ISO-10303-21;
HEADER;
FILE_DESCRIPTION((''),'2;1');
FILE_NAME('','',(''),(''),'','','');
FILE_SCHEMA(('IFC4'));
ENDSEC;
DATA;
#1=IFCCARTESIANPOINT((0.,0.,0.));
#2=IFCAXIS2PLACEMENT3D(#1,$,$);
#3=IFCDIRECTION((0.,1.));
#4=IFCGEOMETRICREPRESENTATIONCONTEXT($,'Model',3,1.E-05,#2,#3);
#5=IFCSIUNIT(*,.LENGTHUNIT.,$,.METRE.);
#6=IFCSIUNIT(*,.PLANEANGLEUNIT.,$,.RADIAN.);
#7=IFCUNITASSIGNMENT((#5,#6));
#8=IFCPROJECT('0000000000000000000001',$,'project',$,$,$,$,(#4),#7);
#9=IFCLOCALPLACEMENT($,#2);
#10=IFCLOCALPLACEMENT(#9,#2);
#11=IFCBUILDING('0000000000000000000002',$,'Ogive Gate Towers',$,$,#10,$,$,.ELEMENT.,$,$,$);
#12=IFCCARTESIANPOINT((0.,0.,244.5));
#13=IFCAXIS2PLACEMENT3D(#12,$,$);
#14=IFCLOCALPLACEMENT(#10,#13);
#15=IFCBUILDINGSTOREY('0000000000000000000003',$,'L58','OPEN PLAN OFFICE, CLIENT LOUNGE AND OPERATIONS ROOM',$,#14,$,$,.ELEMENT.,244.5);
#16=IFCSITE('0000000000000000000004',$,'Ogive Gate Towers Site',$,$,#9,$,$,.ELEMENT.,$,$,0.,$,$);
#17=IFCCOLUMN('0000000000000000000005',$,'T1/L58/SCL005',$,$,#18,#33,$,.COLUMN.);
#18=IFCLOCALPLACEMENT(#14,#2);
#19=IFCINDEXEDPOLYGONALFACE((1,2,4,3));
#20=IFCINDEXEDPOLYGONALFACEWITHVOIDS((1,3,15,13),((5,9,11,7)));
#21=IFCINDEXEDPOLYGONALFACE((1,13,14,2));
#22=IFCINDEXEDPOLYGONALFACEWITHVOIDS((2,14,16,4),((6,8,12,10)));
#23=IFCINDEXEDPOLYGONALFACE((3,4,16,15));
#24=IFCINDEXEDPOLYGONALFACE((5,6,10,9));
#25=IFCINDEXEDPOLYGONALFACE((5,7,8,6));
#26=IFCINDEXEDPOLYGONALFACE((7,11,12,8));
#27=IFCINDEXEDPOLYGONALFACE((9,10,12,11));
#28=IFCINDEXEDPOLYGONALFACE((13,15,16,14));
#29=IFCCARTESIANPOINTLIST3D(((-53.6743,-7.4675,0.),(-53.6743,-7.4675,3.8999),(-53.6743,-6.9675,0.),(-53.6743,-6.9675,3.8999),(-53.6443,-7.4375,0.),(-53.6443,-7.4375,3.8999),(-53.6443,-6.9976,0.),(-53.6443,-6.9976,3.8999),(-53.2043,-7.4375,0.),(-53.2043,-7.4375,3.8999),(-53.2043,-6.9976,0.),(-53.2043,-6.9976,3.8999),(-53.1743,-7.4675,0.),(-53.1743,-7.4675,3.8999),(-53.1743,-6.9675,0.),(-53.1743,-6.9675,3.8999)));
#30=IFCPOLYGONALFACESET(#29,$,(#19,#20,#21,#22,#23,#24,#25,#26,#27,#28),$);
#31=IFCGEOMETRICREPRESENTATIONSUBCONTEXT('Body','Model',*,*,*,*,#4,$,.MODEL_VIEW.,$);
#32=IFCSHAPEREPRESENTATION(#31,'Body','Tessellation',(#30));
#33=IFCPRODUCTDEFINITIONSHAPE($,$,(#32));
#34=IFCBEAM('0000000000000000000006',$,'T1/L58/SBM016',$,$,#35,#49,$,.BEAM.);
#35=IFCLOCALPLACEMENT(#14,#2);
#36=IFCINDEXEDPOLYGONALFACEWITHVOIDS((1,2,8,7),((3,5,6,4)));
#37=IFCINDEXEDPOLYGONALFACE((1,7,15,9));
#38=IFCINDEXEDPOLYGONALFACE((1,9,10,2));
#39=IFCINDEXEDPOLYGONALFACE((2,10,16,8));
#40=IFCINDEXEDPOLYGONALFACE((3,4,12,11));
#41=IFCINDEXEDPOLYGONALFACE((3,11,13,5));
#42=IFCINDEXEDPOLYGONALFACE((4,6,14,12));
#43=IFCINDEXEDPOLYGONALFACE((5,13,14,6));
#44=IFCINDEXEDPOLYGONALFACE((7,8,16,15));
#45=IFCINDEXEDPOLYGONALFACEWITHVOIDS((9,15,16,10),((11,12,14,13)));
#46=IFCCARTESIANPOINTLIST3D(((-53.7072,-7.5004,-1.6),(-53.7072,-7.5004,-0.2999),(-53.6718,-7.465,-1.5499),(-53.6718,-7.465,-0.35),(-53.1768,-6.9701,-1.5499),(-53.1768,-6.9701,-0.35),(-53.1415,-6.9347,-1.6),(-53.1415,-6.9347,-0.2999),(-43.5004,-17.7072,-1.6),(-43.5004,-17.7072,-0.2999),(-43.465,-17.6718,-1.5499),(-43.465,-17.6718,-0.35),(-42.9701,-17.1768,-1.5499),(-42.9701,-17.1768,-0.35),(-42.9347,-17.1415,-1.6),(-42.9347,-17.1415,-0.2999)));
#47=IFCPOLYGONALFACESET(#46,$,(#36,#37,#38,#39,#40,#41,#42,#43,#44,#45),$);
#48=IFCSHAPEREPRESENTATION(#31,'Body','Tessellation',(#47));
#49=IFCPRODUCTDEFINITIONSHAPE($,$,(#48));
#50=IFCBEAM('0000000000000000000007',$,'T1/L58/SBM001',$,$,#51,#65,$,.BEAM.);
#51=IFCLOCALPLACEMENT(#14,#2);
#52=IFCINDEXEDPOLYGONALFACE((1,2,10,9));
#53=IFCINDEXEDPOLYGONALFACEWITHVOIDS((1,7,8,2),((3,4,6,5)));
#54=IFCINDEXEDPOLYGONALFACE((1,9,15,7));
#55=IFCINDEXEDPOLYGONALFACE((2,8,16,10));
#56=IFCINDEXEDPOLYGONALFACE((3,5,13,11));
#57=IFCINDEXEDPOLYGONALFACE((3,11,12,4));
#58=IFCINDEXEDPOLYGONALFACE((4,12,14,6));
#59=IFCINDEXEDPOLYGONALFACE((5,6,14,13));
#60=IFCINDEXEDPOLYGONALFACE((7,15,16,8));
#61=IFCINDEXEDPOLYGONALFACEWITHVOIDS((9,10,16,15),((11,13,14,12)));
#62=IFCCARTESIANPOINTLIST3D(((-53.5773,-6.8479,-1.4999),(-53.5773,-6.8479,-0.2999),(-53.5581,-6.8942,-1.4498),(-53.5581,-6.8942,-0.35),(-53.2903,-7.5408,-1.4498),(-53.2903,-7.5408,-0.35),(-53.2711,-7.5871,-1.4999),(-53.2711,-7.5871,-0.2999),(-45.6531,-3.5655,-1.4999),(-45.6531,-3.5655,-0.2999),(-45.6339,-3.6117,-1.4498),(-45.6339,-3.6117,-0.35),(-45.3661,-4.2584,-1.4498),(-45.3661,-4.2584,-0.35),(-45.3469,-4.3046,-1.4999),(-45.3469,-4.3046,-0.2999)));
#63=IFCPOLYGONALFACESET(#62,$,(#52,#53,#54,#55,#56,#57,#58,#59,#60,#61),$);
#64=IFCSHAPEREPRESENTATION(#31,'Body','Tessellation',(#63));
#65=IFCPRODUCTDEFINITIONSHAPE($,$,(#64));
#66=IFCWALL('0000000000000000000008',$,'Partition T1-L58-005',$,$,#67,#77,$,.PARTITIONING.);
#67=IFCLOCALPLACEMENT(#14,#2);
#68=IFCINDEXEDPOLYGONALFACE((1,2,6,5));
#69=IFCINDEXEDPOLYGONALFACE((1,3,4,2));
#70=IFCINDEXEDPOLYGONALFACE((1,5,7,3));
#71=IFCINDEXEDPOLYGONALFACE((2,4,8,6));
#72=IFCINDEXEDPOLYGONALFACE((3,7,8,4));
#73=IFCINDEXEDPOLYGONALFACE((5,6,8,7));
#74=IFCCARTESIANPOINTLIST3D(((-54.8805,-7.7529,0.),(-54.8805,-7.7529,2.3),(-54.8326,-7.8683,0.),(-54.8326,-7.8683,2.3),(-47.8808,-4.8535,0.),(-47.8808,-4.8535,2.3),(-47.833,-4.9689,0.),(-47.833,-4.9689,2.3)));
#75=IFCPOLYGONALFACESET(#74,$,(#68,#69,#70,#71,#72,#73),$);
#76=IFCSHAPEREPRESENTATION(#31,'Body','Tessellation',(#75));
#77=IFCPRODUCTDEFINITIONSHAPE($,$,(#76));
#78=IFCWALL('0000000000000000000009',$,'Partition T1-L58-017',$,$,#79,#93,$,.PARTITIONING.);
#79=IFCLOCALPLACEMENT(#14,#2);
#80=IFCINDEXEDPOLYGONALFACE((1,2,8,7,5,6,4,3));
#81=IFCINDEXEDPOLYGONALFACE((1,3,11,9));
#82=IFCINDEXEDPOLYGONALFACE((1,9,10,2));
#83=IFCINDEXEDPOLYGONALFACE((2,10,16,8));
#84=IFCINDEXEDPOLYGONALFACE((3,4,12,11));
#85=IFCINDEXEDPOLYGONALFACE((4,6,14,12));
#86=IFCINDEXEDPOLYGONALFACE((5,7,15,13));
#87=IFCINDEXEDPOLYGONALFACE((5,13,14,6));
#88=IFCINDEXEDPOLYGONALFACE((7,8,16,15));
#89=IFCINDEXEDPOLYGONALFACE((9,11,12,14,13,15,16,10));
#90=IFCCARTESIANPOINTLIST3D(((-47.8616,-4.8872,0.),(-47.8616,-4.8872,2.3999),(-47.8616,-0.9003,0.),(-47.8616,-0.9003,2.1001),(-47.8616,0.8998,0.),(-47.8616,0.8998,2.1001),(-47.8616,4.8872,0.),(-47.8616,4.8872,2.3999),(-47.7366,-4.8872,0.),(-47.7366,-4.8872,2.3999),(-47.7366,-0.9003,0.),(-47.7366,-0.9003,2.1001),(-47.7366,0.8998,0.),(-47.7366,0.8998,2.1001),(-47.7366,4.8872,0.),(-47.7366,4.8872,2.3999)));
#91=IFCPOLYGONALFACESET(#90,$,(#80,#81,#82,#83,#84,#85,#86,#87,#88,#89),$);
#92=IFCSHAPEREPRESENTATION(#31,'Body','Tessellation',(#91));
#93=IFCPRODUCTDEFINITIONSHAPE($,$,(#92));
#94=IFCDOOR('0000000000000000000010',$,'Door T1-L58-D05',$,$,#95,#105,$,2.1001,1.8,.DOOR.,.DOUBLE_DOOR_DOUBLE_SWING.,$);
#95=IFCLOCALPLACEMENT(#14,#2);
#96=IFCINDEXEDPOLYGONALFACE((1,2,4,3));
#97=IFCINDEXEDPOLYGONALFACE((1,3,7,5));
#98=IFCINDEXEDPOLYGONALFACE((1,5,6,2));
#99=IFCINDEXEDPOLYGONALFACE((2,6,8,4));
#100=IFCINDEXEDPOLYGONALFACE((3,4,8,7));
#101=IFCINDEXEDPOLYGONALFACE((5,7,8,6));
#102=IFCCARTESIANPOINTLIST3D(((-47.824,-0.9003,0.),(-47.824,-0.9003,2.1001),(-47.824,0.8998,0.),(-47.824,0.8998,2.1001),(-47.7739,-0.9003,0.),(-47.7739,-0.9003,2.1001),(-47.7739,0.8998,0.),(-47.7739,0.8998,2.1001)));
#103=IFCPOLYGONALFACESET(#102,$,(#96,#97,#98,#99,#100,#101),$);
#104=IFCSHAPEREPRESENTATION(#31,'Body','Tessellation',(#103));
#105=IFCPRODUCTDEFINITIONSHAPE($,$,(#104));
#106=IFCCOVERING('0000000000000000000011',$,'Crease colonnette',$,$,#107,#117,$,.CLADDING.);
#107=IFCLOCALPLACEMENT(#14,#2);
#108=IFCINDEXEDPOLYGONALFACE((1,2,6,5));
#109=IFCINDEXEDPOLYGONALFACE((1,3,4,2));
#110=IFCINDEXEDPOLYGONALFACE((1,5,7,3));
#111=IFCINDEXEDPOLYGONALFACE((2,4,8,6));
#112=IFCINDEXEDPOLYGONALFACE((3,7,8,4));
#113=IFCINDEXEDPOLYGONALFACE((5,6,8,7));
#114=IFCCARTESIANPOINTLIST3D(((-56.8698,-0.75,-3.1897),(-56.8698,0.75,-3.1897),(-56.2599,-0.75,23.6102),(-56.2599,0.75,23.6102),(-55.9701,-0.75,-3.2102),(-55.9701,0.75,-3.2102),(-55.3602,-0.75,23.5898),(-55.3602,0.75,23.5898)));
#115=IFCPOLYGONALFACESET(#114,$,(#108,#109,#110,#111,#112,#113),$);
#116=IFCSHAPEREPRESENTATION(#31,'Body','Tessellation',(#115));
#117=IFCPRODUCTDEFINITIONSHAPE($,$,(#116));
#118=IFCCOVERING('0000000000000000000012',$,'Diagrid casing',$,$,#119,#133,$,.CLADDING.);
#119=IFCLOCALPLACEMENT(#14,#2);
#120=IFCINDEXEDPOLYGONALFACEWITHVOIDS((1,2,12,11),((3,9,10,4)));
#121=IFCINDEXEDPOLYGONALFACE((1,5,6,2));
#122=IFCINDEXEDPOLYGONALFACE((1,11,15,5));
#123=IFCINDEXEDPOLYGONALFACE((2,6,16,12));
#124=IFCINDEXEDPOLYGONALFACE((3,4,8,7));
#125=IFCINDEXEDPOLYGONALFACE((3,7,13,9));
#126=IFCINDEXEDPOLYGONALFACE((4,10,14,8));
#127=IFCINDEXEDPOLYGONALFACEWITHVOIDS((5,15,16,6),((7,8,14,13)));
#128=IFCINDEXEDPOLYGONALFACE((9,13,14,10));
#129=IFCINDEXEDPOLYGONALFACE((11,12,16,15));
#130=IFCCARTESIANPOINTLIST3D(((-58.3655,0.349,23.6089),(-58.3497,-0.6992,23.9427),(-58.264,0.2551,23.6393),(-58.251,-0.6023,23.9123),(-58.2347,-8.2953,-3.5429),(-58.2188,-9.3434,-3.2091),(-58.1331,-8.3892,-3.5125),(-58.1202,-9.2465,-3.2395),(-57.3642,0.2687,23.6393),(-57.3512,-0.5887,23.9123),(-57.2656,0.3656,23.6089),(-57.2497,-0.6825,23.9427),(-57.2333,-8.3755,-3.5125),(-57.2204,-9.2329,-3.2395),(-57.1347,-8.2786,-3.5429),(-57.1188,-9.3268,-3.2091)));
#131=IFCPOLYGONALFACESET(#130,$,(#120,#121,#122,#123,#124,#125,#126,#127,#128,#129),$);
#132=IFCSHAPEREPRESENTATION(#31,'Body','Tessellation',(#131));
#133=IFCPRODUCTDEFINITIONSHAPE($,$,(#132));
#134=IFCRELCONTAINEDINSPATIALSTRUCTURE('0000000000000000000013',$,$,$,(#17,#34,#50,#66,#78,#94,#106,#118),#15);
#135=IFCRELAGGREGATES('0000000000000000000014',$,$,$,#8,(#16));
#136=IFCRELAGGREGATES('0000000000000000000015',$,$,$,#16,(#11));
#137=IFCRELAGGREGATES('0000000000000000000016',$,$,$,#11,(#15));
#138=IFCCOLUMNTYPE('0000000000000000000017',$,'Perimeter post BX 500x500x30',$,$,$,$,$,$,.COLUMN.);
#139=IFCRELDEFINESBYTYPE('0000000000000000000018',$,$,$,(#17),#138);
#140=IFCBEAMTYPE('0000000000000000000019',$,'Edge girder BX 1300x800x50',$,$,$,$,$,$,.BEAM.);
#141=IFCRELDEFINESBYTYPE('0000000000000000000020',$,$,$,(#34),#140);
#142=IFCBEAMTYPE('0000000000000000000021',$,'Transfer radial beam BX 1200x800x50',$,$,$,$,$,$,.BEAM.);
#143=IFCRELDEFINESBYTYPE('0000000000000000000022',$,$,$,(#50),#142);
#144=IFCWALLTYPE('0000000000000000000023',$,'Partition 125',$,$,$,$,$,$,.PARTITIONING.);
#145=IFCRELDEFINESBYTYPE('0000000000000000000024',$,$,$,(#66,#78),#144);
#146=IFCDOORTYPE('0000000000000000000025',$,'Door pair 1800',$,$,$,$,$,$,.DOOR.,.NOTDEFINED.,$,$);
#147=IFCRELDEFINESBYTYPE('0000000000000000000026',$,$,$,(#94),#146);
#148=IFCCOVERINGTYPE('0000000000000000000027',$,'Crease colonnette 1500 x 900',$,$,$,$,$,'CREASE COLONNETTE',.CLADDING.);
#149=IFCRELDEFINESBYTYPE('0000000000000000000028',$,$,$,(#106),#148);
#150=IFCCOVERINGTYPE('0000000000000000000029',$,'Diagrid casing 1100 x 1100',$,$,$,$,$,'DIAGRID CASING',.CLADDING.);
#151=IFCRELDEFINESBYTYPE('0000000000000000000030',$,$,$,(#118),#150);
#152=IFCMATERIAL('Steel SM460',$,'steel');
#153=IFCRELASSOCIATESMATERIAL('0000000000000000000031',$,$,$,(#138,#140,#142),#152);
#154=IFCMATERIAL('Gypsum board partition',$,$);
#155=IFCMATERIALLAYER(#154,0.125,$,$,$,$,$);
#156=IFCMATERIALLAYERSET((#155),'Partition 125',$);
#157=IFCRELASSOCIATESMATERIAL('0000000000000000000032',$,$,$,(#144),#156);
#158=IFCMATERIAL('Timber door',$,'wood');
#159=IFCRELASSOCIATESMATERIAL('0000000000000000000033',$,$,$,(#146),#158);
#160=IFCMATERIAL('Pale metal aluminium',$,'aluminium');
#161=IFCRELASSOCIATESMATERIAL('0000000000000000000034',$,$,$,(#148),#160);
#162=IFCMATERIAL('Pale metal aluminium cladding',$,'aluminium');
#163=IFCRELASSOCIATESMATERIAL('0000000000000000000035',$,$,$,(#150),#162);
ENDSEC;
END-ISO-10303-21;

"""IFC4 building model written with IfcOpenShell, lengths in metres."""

from ifc_helpers import new_model, si_unit, direction, frame, frame_2d, origin, origin_2d, place, context, subcontext, project, spatial, rectangle, hollow_rectangle, extrude, material, layer, layer_set, material_profile, profile_set, type_object, element, fill, save


model = new_model("IFC4")

# Units and contexts
model_context = context("Model", 3, precision=1e-05, world=origin(), true_north=direction((0.0, 1.0)))
body_context = subcontext(model_context, "Body", "Model", "MODEL_VIEW")
ifc_project = project(units=[si_unit("LENGTHUNIT", "METRE"), si_unit("PLANEANGLEUNIT", "RADIAN")], contexts=[model_context])

# Site, building, storey
site_placement = place(None, origin())
site = spatial("IfcSite", under=ifc_project, at=site_placement, Name="Ogive Gate Towers Site", CompositionType="ELEMENT", RefElevation=0.0)
building_placement = place(site_placement, origin())
building = spatial("IfcBuilding", under=site, at=building_placement, Name="Ogive Gate Towers", CompositionType="ELEMENT")
storey_placement = place(building_placement, frame((0.0, 0.0, 244.5)))
storey = spatial("IfcBuildingStorey", under=building, at=storey_placement, Name="L58", Description="OPEN PLAN OFFICE, CLIENT LOUNGE AND OPERATIONS ROOM", CompositionType="ELEMENT", Elevation=244.5)

# Column
ifc_material_1 = material(Name="Steel SM460", Category="steel")
ifc_material_profile_1 = material_profile(ifc_material_1, hollow_rectangle(XDim=0.5, YDim=0.5, WallThickness=0.03, at=origin_2d()), Name="BX 500x500x30")
ifc_profile_set_1 = profile_set([ifc_material_profile_1], Name="Steel SM460")
column_type = type_object("IfcColumnType", Name="Perimeter post BX 500x500x30", PredefinedType="COLUMN", material=ifc_profile_set_1)
column_placement = place(storey_placement, frame((-53.4243, -7.2175, 0.0), z_axis=(0.0, 0.0, 1.0), x_axis=(1.0, 0.0, 0.0)))
element("IfcColumn", 1, at=column_placement, inside=storey, type_object=column_type, Name="T1/L58/SCL005", PredefinedType="COLUMN", context=body_context, shape_type="SweptSolid", body=[
    extrude(hollow_rectangle(XDim=0.5, YDim=0.5, WallThickness=0.03, at=origin_2d()), origin(), (0.0, 0.0, 1.0), 3.8999),
])

# Beams
ifc_material_profile_2 = material_profile(ifc_material_1, hollow_rectangle(XDim=0.8, YDim=1.3, WallThickness=0.05, at=origin_2d()), Name="BX 1300x800x50")
ifc_profile_set_2 = profile_set([ifc_material_profile_2], Name="Steel SM460")
beam_type_1 = type_object("IfcBeamType", Name="Edge girder BX 1300x800x50", PredefinedType="BEAM", material=ifc_profile_set_2)
beam_1_placement = place(storey_placement, frame((-53.4243, -7.2175, -0.95), z_axis=(0.707107, -0.707107, 0.0), x_axis=(0.707107, 0.707107, 0.0)))
element("IfcBeam", 2, at=beam_1_placement, inside=storey, type_object=beam_type_1, Name="T1/L58/SBM016", PredefinedType="BEAM", context=body_context, shape_type="SweptSolid", body=[
    extrude(hollow_rectangle(XDim=0.8, YDim=1.3, WallThickness=0.05, at=origin_2d()), origin(), (0.0, 0.0, 1.0), 14.4346),
])
ifc_material_profile_3 = material_profile(ifc_material_1, hollow_rectangle(XDim=0.8, YDim=1.2, WallThickness=0.05, at=origin_2d()), Name="BX 1200x800x50")
ifc_profile_set_3 = profile_set([ifc_material_profile_3], Name="Steel SM460")
beam_type_2 = type_object("IfcBeamType", Name="Transfer radial beam BX 1200x800x50", PredefinedType="BEAM", material=ifc_profile_set_3)
beam_2_placement = place(storey_placement, frame((-45.5, -3.9351, -0.8999), z_axis=(-0.923875, -0.382695, 0.0), x_axis=(0.382695, -0.923875, 0.0)))
element("IfcBeam", 3, at=beam_2_placement, inside=storey, type_object=beam_type_2, Name="T1/L58/SBM001", PredefinedType="BEAM", context=body_context, shape_type="SweptSolid", body=[
    extrude(hollow_rectangle(XDim=0.8, YDim=1.2, WallThickness=0.05, at=origin_2d()), origin(), (0.0, 0.0, 1.0), 8.5771),
])

# Wall
ifc_material_2 = material(Name="Gypsum board partition")
ifc_layer = layer(ifc_material_2, 0.125)
ifc_layer_set = layer_set([ifc_layer], Name="Partition 125")
wall_type = type_object("IfcWallType", Name="Partition 125", PredefinedType="PARTITIONING", material=ifc_layer_set)
wall_1_placement = place(storey_placement, frame((-54.8564, -7.8105, 0.0), z_axis=(0.0, 0.0, 1.0), x_axis=(0.923879, 0.382686, 0.0)))
element("IfcWall", 4, at=wall_1_placement, inside=storey, type_object=wall_type, Name="Partition T1-L58-005", PredefinedType="PARTITIONING", context=body_context, shape_type="SweptSolid", body=[
    extrude(rectangle(XDim=7.5764, YDim=0.125, at=frame_2d((3.7881, 0.0))), origin(), (0.0, 0.0, 1.0), 2.3),
])

# Wall, opening, door
wall_2_placement = place(storey_placement, frame((-47.7991, -4.8872, 0.0), z_axis=(0.0, 0.0, 1.0), x_axis=(0.0, 1.0, 0.0)))
wall_2 = element("IfcWall", 5, at=wall_2_placement, inside=storey, type_object=wall_type, Name="Partition T1-L58-017", PredefinedType="PARTITIONING", context=body_context, shape_type="SweptSolid", body=[
    extrude(rectangle(XDim=9.7744, YDim=0.125, at=frame_2d((4.8872, 0.0))), origin(), (0.0, 0.0, 1.0), 2.3999),
])
opening_placement = place(wall_2_placement, frame((3.9871, 0.0, 0.0)))
opening = element("IfcOpeningElement", 6, at=opening_placement, cuts=wall_2, PredefinedType="OPENING", context=body_context, shape_type="SweptSolid", body=[
    extrude(rectangle(XDim=1.8, YDim=2.1001, at=frame_2d((0.8999, 1.05))), frame((0.0, 0.0725, 0.0), z_axis=(0.0, -1.0, 0.0), x_axis=(1.0, 0.0, 0.0)), (0.0, 0.0, 1.0), 0.145),
])
ifc_material_3 = material(Name="Timber door", Category="wood")
door_type = type_object("IfcDoorType", Name="Door pair 1800", OperationType="NOTDEFINED", PredefinedType="DOOR", material=ifc_material_3)
door_placement = place(opening_placement, origin())
door = element("IfcDoor", 7, at=door_placement, inside=storey, type_object=door_type, Name="Door T1-L58-D05", OperationType="DOUBLE_DOOR_DOUBLE_SWING", OverallHeight=2.1001, OverallWidth=1.8, PredefinedType="DOOR", context=body_context, shape_type="SweptSolid", body=[
    extrude(rectangle(XDim=1.8, YDim=2.1001, at=frame_2d((0.8999, 1.05))), frame((0.0, 0.0249, 0.0), z_axis=(0.0, -1.0, 0.0), x_axis=(1.0, 0.0, 0.0)), (0.0, 0.0, 1.0), 0.05),
])
fill(opening, door)

# Coverings
ifc_material_4 = material(Name="Pale metal aluminium", Category="aluminium")
ifc_material_profile_4 = material_profile(ifc_material_4, rectangle(XDim=1.5, YDim=0.8999, at=origin_2d()), Name="1500 x 900 pale metal aluminium")
ifc_profile_set_4 = profile_set([ifc_material_profile_4], Name="Pale metal aluminium")
covering_type_1 = type_object("IfcCoveringType", Name="Crease colonnette 1500 x 900", ElementType="CREASE COLONNETTE", PredefinedType="CLADDING", material=ifc_profile_set_4)
covering_1_placement = place(storey_placement, frame((-56.4199, 0.0, -3.2), z_axis=(0.02275, 0.0, 0.999741), x_axis=(0.0, 1.0, 0.0)))
element("IfcCovering", 8, at=covering_1_placement, inside=storey, type_object=covering_type_1, Name="Crease colonnette", PredefinedType="CLADDING", context=body_context, shape_type="SweptSolid", body=[
    extrude(rectangle(XDim=1.5, YDim=0.8999, at=origin_2d()), origin(), (0.0, 0.0, 1.0), 26.8069),
])
ifc_material_5 = material(Name="Pale metal aluminium cladding", Category="aluminium")
ifc_material_profile_5 = material_profile(ifc_material_5, hollow_rectangle(XDim=1.1001, YDim=1.1001, WallThickness=0.1001, at=origin_2d()), Name="1100 x 1100 pale metal casing")
ifc_profile_set_5 = profile_set([ifc_material_profile_5], Name="Pale metal aluminium cladding")
covering_type_2 = type_object("IfcCoveringType", Name="Diagrid casing 1100 x 1100", ElementType="DIAGRID CASING", PredefinedType="CLADDING", material=ifc_profile_set_5)
covering_2_placement = place(storey_placement, frame((-57.6768, -8.811, -3.376), z_axis=(-0.004592, 0.303362, 0.952864), x_axis=(-0.999885, -0.015137, 0.0)))
element("IfcCovering", 9, at=covering_2_placement, inside=storey, type_object=covering_type_2, Name="Diagrid casing", PredefinedType="CLADDING", context=body_context, shape_type="SweptSolid", body=[
    extrude(hollow_rectangle(XDim=1.1001, YDim=1.1001, WallThickness=0.1001, at=origin_2d()), origin(), (0.0, 0.0, 1.0), 28.4949),
])

save(model, "model.ifc")
